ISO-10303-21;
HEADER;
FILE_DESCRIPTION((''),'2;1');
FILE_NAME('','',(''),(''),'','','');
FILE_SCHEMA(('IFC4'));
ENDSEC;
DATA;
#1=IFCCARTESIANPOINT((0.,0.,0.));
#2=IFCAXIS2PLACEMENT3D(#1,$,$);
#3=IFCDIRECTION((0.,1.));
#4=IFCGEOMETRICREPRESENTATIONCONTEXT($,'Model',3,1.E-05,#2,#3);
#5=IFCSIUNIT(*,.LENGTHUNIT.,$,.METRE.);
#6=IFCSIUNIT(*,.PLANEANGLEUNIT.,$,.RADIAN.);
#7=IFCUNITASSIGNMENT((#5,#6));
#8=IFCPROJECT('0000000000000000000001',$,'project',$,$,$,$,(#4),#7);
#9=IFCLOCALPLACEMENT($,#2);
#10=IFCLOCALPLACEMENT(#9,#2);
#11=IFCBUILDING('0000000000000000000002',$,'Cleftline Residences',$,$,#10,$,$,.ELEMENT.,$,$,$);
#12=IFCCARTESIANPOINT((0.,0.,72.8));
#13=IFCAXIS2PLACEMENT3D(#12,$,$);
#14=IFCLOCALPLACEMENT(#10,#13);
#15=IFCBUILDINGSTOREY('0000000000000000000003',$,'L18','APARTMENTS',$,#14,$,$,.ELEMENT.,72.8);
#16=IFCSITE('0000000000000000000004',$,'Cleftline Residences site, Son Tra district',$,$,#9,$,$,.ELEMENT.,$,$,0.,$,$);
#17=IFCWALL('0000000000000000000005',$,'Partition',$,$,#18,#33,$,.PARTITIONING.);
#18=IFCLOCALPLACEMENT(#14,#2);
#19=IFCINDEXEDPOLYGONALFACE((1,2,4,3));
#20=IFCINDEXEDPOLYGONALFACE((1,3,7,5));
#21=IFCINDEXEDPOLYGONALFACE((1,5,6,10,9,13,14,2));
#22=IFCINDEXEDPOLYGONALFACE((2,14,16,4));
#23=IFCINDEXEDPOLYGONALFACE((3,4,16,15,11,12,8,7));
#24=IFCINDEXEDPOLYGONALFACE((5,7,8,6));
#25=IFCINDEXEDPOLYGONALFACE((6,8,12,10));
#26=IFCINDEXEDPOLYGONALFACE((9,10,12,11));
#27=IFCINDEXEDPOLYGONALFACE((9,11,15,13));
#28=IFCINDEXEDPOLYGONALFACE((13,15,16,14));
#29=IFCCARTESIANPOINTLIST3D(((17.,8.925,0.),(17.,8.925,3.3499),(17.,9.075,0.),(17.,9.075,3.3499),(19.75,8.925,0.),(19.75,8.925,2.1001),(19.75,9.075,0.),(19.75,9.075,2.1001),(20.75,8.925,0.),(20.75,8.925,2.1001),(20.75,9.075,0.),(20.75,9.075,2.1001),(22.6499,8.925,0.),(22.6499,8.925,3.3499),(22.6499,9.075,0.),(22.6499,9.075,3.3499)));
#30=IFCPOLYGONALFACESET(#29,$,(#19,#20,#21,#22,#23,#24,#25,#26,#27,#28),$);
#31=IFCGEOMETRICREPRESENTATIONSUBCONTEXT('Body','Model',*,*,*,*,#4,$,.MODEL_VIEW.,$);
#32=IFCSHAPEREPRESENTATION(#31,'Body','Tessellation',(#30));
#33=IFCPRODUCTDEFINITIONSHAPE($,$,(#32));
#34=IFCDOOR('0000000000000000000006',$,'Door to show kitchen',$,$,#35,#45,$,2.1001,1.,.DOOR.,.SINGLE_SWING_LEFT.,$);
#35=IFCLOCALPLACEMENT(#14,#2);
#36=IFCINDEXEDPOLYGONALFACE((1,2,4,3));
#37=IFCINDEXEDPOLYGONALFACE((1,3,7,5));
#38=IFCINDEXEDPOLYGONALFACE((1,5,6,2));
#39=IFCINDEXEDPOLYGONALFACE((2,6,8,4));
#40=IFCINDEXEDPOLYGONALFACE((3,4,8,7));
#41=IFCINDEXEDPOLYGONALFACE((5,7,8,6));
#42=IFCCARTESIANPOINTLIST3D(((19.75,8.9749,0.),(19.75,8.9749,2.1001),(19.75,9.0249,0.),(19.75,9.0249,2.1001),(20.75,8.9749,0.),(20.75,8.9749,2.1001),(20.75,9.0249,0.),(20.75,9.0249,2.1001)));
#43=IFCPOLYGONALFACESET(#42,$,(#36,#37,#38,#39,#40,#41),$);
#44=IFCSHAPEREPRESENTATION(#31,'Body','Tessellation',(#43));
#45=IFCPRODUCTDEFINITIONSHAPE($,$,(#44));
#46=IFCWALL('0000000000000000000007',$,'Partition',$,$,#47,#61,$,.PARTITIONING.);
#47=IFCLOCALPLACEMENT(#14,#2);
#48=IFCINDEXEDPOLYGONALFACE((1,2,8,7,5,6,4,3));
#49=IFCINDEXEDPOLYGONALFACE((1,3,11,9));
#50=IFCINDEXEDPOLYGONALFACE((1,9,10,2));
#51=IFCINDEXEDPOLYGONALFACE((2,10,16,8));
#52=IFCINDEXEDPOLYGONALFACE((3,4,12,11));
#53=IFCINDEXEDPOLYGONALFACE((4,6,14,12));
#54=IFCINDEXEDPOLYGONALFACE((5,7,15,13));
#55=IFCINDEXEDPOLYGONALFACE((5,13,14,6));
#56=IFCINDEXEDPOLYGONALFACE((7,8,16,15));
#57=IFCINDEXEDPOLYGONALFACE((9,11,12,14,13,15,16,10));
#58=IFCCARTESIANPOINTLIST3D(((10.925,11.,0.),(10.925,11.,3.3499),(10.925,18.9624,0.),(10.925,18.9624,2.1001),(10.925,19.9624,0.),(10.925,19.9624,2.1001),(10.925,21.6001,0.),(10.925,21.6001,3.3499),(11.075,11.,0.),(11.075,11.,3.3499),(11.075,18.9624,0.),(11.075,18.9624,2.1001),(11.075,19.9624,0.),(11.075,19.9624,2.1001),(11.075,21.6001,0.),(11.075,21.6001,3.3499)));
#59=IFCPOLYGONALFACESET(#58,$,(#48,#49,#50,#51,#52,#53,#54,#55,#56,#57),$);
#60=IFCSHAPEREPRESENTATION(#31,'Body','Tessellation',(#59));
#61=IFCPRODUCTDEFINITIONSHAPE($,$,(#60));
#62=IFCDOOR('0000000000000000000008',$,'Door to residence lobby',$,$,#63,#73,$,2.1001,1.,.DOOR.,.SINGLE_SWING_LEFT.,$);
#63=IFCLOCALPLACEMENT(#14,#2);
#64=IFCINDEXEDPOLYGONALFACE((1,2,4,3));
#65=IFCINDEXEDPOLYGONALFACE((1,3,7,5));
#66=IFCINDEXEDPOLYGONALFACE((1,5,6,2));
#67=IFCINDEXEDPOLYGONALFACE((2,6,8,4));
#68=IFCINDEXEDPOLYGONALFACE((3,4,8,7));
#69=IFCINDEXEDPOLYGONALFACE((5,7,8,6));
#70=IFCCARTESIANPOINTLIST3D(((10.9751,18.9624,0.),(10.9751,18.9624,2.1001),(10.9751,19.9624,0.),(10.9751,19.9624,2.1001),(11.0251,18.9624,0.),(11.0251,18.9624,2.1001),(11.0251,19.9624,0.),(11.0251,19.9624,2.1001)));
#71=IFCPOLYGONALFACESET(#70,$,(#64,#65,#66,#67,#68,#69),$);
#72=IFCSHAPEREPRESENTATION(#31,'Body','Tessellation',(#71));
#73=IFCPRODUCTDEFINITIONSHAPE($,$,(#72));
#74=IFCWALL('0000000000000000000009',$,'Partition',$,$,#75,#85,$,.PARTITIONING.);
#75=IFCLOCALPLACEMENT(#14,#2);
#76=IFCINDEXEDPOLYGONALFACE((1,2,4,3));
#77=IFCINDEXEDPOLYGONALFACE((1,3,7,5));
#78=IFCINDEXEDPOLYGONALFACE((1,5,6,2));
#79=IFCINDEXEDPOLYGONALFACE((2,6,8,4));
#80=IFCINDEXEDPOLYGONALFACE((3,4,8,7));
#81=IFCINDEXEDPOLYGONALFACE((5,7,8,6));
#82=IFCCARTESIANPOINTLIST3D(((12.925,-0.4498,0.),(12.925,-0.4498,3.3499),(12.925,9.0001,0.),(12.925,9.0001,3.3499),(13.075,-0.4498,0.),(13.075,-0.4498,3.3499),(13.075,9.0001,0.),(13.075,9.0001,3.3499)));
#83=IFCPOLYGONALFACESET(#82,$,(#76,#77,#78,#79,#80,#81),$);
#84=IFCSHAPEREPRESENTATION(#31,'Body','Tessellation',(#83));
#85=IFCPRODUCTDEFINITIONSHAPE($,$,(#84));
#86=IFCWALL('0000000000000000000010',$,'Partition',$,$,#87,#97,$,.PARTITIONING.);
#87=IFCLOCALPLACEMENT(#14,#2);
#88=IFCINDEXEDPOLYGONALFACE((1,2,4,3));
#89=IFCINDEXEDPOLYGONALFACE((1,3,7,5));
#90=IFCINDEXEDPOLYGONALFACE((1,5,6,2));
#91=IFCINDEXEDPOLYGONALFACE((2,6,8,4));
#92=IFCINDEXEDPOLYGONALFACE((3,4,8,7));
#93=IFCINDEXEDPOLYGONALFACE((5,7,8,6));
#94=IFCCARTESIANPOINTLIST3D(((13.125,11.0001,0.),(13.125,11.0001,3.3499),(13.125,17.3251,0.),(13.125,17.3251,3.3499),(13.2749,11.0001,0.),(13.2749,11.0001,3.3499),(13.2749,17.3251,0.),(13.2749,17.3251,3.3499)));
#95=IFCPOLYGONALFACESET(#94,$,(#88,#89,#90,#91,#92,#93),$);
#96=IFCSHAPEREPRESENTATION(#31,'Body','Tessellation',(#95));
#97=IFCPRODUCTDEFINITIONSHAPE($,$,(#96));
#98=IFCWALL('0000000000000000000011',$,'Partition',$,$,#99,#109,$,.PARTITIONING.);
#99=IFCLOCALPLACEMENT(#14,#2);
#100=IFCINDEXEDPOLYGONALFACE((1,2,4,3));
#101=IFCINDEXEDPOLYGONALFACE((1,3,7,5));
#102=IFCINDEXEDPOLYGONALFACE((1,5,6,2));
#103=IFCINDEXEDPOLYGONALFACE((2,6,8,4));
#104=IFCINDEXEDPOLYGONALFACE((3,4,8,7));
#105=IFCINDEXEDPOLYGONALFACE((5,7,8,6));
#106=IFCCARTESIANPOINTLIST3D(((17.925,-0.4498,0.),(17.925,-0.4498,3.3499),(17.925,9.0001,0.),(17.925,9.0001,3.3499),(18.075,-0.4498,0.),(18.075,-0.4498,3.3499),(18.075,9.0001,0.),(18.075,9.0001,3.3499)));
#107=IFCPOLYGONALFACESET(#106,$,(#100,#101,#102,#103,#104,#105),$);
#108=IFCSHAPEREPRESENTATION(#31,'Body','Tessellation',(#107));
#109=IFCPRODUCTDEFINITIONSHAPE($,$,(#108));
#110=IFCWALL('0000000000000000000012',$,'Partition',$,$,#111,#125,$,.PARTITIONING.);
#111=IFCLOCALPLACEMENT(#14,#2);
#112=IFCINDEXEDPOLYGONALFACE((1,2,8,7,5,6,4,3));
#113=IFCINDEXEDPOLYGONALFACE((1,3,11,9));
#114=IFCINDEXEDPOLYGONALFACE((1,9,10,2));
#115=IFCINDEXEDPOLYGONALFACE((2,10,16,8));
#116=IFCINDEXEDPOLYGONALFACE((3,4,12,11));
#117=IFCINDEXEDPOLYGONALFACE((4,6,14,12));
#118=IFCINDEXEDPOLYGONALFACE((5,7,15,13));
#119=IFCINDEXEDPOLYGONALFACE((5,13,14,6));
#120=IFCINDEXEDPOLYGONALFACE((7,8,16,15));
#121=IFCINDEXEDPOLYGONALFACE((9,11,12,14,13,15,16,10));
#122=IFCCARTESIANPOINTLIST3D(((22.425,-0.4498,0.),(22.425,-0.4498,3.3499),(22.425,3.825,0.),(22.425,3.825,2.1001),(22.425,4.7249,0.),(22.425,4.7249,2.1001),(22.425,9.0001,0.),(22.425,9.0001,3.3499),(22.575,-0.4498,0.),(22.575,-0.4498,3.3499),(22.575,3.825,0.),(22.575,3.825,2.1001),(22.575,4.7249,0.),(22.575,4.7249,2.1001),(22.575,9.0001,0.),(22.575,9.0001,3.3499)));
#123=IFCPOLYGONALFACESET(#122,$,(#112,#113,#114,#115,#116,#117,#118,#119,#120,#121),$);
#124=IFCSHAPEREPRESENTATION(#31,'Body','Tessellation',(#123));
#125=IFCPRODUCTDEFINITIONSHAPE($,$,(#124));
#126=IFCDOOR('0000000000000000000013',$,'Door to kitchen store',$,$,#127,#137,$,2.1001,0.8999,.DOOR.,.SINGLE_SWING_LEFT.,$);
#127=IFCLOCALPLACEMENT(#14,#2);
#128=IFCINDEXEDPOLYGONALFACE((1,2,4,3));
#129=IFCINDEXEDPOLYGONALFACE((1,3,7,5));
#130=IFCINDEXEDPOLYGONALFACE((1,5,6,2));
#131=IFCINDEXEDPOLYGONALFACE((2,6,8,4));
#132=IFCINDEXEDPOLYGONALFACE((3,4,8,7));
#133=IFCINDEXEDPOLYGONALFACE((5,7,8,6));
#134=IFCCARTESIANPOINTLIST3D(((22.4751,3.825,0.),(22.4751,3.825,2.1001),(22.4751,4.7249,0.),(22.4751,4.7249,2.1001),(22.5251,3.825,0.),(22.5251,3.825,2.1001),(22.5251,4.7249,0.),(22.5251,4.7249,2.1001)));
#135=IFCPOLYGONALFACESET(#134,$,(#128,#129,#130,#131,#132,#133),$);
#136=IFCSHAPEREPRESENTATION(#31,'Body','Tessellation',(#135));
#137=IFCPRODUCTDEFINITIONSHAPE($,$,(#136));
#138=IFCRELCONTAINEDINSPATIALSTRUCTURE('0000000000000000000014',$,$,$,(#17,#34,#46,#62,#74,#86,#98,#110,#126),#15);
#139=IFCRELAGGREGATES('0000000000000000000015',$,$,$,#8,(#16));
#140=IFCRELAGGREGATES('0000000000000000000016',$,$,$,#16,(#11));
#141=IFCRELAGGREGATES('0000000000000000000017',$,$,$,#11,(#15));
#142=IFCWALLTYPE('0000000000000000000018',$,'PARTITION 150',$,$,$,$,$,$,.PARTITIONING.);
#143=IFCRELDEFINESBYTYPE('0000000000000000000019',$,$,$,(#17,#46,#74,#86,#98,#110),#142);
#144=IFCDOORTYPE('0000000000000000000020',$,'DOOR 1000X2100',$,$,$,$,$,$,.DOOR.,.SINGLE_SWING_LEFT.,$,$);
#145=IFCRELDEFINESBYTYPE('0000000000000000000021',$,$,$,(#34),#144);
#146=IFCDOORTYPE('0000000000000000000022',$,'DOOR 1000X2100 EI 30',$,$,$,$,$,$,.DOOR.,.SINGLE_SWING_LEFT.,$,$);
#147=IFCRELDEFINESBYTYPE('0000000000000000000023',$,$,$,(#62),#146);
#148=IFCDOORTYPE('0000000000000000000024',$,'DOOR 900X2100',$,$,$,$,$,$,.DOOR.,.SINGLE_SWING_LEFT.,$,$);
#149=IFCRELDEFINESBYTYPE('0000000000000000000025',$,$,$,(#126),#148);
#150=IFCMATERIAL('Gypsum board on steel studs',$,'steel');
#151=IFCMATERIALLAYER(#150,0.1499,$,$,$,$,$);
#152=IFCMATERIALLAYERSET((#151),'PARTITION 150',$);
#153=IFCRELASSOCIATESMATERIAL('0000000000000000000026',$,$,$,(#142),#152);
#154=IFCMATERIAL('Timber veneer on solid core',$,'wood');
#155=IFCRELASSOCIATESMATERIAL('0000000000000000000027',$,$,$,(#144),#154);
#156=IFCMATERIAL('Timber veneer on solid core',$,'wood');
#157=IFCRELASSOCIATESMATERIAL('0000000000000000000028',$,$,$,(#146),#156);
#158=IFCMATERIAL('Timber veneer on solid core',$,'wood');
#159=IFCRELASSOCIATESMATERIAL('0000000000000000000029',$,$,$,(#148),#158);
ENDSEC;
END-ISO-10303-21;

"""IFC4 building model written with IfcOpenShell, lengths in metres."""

from ifc_helpers import new_model, si_unit, direction, frame, frame_2d, origin, place, context, subcontext, project, spatial, rectangle, extrude, material, layer, layer_set, type_object, element, fill, save


model = new_model("IFC4")

# Units and contexts
model_context = context("Model", 3, precision=1e-05, world=origin(), true_north=direction((0.0, 1.0)))
body_context = subcontext(model_context, "Body", "Model", "MODEL_VIEW")
ifc_project = project(units=[si_unit("LENGTHUNIT", "METRE"), si_unit("PLANEANGLEUNIT", "RADIAN")], contexts=[model_context])

# Site, building, storey
site_placement = place(None, origin())
site = spatial("IfcSite", under=ifc_project, at=site_placement, Name="Cleftline Residences site, Son Tra district", CompositionType="ELEMENT", RefElevation=0.0)
building_placement = place(site_placement, origin())
building = spatial("IfcBuilding", under=site, at=building_placement, Name="Cleftline Residences", CompositionType="ELEMENT")
storey_placement = place(building_placement, frame((0.0, 0.0, 72.8)))
storey = spatial("IfcBuildingStorey", under=building, at=storey_placement, Name="L18", Description="APARTMENTS", CompositionType="ELEMENT", Elevation=72.8)

# Shared definitions
ifc_material_1 = material(Name="Gypsum board on steel studs", Category="steel")
ifc_layer_1 = layer(ifc_material_1, 0.1499)
ifc_layer_set_1 = layer_set([ifc_layer_1], Name="PARTITION 150")
wall_type = type_object("IfcWallType", Name="PARTITION 150", PredefinedType="PARTITIONING", material=ifc_layer_set_1)
ifc_material_2 = material(Name="Timber veneer on solid core", Category="wood")
door_type_1 = type_object("IfcDoorType", Name="DOOR 1000X2100", OperationType="SINGLE_SWING_LEFT", PredefinedType="DOOR", material=ifc_material_2)

# Walls, openings, doors
wall_1_placement = place(storey_placement, frame((17.0, 9.0, 0.0), z_axis=(0.0, 0.0, 1.0), x_axis=(1.0, 0.0, 0.0)))
wall_1 = element("IfcWall", 1, at=wall_1_placement, inside=storey, type_object=wall_type, Name="Partition", PredefinedType="PARTITIONING", context=body_context, shape_type="SweptSolid", body=[
    extrude(rectangle(XDim=5.6499, YDim=0.1499, at=frame_2d((2.825, 0.0))), origin(), (0.0, 0.0, 1.0), 3.3499),
])
opening_1_placement = place(wall_1_placement, frame((2.75, 0.0, 0.0)))
opening_1 = element("IfcOpeningElement", 2, at=opening_1_placement, cuts=wall_1, PredefinedType="OPENING", context=body_context, shape_type="SweptSolid", body=[
    extrude(rectangle(XDim=1.0, YDim=2.1001, at=frame_2d((0.5, 1.05))), frame((0.0, 0.085, 0.0), z_axis=(0.0, -1.0, 0.0), x_axis=(1.0, 0.0, 0.0)), (0.0, 0.0, 1.0), 0.1699),
])
door_1_placement = place(opening_1_placement, origin())
door_1 = element("IfcDoor", 3, at=door_1_placement, inside=storey, type_object=door_type_1, Name="Door to show kitchen", OperationType="SINGLE_SWING_LEFT", OverallHeight=2.1001, OverallWidth=1.0, PredefinedType="DOOR", context=body_context, shape_type="SweptSolid", body=[
    extrude(rectangle(XDim=1.0, YDim=2.1001, at=frame_2d((0.5, 1.05))), frame((0.0, 0.0249, 0.0), z_axis=(0.0, -1.0, 0.0), x_axis=(1.0, 0.0, 0.0)), (0.0, 0.0, 1.0), 0.05),
])
fill(opening_1, door_1)
wall_2_placement = place(storey_placement, frame((11.0, 11.0, 0.0), z_axis=(0.0, 0.0, 1.0), x_axis=(0.0, 1.0, 0.0)))
wall_2 = element("IfcWall", 4, at=wall_2_placement, inside=storey, type_object=wall_type, Name="Partition", PredefinedType="PARTITIONING", context=body_context, shape_type="SweptSolid", body=[
    extrude(rectangle(XDim=10.6001, YDim=0.1499, at=frame_2d((5.3, 0.0))), origin(), (0.0, 0.0, 1.0), 3.3499),
])
opening_2_placement = place(wall_2_placement, frame((7.9624, 0.0, 0.0)))
opening_2 = element("IfcOpeningElement", 5, at=opening_2_placement, cuts=wall_2, PredefinedType="OPENING", context=body_context, shape_type="SweptSolid", body=[
    extrude(rectangle(XDim=1.0, YDim=2.1001, at=frame_2d((0.5, 1.05))), frame((0.0, 0.085, 0.0), z_axis=(0.0, -1.0, 0.0), x_axis=(1.0, 0.0, 0.0)), (0.0, 0.0, 1.0), 0.1699),
])
ifc_material_3 = material(Name="Timber veneer on solid core", Category="wood")
door_type_2 = type_object("IfcDoorType", Name="DOOR 1000X2100 EI 30", OperationType="SINGLE_SWING_LEFT", PredefinedType="DOOR", material=ifc_material_3)
door_2_placement = place(opening_2_placement, origin())
door_2 = element("IfcDoor", 6, at=door_2_placement, inside=storey, type_object=door_type_2, Name="Door to residence lobby", OperationType="SINGLE_SWING_LEFT", OverallHeight=2.1001, OverallWidth=1.0, PredefinedType="DOOR", context=body_context, shape_type="SweptSolid", body=[
    extrude(rectangle(XDim=1.0, YDim=2.1001, at=frame_2d((0.5, 1.05))), frame((0.0, 0.0249, 0.0), z_axis=(0.0, -1.0, 0.0), x_axis=(1.0, 0.0, 0.0)), (0.0, 0.0, 1.0), 0.05),
])
fill(opening_2, door_2)

# Walls
wall_3_placement = place(storey_placement, frame((13.0, -0.45, 0.0), z_axis=(0.0, 0.0, 1.0), x_axis=(0.0, 1.0, 0.0)))
element("IfcWall", 7, at=wall_3_placement, inside=storey, type_object=wall_type, Name="Partition", PredefinedType="PARTITIONING", context=body_context, shape_type="SweptSolid", body=[
    extrude(rectangle(XDim=9.45, YDim=0.1499, at=frame_2d((4.7251, 0.0))), origin(), (0.0, 0.0, 1.0), 3.3499),
])
wall_4_placement = place(storey_placement, frame((13.2, 11.0, 0.0), z_axis=(0.0, 0.0, 1.0), x_axis=(0.0, 1.0, 0.0)))
element("IfcWall", 8, at=wall_4_placement, inside=storey, type_object=wall_type, Name="Partition", PredefinedType="PARTITIONING", context=body_context, shape_type="SweptSolid", body=[
    extrude(rectangle(XDim=6.325, YDim=0.1499, at=frame_2d((3.1626, 0.0))), origin(), (0.0, 0.0, 1.0), 3.3499),
])
wall_5_placement = place(storey_placement, frame((18.0, -0.45, 0.0), z_axis=(0.0, 0.0, 1.0), x_axis=(0.0, 1.0, 0.0)))
element("IfcWall", 9, at=wall_5_placement, inside=storey, type_object=wall_type, Name="Partition", PredefinedType="PARTITIONING", context=body_context, shape_type="SweptSolid", body=[
    extrude(rectangle(XDim=9.45, YDim=0.1499, at=frame_2d((4.7251, 0.0))), origin(), (0.0, 0.0, 1.0), 3.3499),
])

# Wall, opening, door
wall_6_placement = place(storey_placement, frame((22.5, -0.45, 0.0), z_axis=(0.0, 0.0, 1.0), x_axis=(0.0, 1.0, 0.0)))
wall_6 = element("IfcWall", 10, at=wall_6_placement, inside=storey, type_object=wall_type, Name="Partition", PredefinedType="PARTITIONING", context=body_context, shape_type="SweptSolid", body=[
    extrude(rectangle(XDim=9.45, YDim=0.1499, at=frame_2d((4.7251, 0.0))), origin(), (0.0, 0.0, 1.0), 3.3499),
])
opening_3_placement = place(wall_6_placement, frame((4.2749, 0.0, 0.0)))
opening_3 = element("IfcOpeningElement", 11, at=opening_3_placement, cuts=wall_6, PredefinedType="OPENING", context=body_context, shape_type="SweptSolid", body=[
    extrude(rectangle(XDim=0.8999, YDim=2.1001, at=frame_2d((0.45, 1.05))), frame((0.0, 0.085, 0.0), z_axis=(0.0, -1.0, 0.0), x_axis=(1.0, 0.0, 0.0)), (0.0, 0.0, 1.0), 0.1699),
])
ifc_material_4 = material(Name="Timber veneer on solid core", Category="wood")
door_type_3 = type_object("IfcDoorType", Name="DOOR 900X2100", OperationType="SINGLE_SWING_LEFT", PredefinedType="DOOR", material=ifc_material_4)
door_3_placement = place(opening_3_placement, origin())
door_3 = element("IfcDoor", 12, at=door_3_placement, inside=storey, type_object=door_type_3, Name="Door to kitchen store", OperationType="SINGLE_SWING_LEFT", OverallHeight=2.1001, OverallWidth=0.8999, PredefinedType="DOOR", context=body_context, shape_type="SweptSolid", body=[
    extrude(rectangle(XDim=0.8999, YDim=2.1001, at=frame_2d((0.45, 1.05))), frame((0.0, 0.0249, 0.0), z_axis=(0.0, -1.0, 0.0), x_axis=(1.0, 0.0, 0.0)), (0.0, 0.0, 1.0), 0.05),
])
fill(opening_3, door_3)

save(model, "model.ifc")
